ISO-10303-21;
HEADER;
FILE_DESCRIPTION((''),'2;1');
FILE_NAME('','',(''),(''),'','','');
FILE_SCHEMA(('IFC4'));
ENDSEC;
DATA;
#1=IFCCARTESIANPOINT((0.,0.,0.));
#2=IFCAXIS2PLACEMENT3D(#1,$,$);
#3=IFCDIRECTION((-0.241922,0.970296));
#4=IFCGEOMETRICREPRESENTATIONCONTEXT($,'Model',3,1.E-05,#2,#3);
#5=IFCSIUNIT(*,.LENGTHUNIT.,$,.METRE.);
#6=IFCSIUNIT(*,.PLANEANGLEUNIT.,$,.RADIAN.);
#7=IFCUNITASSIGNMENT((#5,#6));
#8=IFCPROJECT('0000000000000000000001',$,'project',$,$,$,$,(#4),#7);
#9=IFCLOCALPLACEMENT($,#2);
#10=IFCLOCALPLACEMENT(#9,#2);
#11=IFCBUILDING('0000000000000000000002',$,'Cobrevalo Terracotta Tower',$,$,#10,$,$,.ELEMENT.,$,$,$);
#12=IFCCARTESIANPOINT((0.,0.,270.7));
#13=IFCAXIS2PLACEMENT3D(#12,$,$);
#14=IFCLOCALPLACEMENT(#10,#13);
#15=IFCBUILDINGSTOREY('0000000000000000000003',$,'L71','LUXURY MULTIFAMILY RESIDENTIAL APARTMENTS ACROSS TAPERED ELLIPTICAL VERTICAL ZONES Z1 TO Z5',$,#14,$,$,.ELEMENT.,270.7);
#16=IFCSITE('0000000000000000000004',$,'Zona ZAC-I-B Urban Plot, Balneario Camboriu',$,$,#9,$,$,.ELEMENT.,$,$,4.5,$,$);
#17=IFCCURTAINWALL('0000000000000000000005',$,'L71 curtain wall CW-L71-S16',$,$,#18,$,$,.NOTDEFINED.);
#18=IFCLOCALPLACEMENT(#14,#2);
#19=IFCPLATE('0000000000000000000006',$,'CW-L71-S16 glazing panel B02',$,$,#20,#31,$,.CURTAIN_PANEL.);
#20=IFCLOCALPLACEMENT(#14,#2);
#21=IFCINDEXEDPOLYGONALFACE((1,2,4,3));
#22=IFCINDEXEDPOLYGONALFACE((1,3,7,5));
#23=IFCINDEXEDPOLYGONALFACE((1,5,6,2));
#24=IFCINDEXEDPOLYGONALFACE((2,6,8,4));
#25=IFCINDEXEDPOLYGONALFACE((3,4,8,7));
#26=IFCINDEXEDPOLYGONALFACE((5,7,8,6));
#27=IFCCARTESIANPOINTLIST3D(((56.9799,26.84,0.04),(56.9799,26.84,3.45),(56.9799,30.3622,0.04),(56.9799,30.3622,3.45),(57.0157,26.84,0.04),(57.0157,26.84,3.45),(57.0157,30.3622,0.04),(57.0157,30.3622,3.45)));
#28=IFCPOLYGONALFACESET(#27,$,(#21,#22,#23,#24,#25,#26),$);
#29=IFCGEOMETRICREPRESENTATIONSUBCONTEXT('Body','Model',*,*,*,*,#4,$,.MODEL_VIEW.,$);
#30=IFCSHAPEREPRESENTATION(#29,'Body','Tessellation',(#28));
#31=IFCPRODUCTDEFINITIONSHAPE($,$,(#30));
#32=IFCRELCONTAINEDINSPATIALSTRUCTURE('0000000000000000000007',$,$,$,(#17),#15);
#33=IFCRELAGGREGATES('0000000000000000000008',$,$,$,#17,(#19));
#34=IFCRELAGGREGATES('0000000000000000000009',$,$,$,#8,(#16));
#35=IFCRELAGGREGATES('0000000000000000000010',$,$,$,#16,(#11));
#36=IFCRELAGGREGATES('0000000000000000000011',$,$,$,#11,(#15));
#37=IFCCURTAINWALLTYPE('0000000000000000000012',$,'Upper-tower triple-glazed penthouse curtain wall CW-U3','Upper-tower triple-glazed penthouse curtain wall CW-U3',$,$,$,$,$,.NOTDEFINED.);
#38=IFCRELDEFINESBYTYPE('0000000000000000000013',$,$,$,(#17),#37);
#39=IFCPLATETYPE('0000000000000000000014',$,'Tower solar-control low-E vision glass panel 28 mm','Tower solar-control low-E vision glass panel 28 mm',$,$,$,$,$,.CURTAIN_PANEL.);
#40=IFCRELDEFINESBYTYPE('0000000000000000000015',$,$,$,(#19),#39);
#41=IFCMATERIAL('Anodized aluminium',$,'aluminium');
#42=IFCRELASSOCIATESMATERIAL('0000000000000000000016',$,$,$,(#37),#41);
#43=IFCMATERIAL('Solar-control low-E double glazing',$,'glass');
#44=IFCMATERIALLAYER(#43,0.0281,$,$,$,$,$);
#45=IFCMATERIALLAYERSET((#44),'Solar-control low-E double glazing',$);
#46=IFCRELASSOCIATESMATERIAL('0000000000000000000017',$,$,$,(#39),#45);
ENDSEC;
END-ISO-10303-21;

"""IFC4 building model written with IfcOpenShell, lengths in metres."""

from ifc_helpers import new_model, si_unit, direction, frame, origin, origin_2d, place, context, subcontext, project, spatial, rectangle, extrude, source, transform, mapped, material, layer, layer_set, type_object, element, aggregate, save


model = new_model("IFC4")

# Units and contexts
model_context = context("Model", 3, precision=1e-05, world=origin(), true_north=direction((-0.241922, 0.970296)))
body_context = subcontext(model_context, "Body", "Model", "MODEL_VIEW")
ifc_project = project(units=[si_unit("LENGTHUNIT", "METRE"), si_unit("PLANEANGLEUNIT", "RADIAN")], contexts=[model_context])

# Site, building, storey
site_placement = place(None, origin())
site = spatial("IfcSite", under=ifc_project, at=site_placement, Name="Zona ZAC-I-B Urban Plot, Balneario Camboriu", CompositionType="ELEMENT", RefElevation=4.5)
building_placement = place(site_placement, origin())
building = spatial("IfcBuilding", under=site, at=building_placement, Name="Cobrevalo Terracotta Tower", CompositionType="ELEMENT")
storey_placement = place(building_placement, frame((0.0, 0.0, 270.7)))
storey = spatial("IfcBuildingStorey", under=building, at=storey_placement, Name="L71", Description="LUXURY MULTIFAMILY RESIDENTIAL APARTMENTS ACROSS TAPERED ELLIPTICAL VERTICAL ZONES Z1 TO Z5", CompositionType="ELEMENT", Elevation=270.7)

# Curtain wall
ifc_material_1 = material(Name="Anodized aluminium", Category="aluminium")
curtain_wall_type = type_object("IfcCurtainWallType", Name="Upper-tower triple-glazed penthouse curtain wall CW-U3", Description="Upper-tower triple-glazed penthouse curtain wall CW-U3", PredefinedType="NOTDEFINED", material=ifc_material_1)
curtain_wall_1_placement = place(storey_placement, origin())
curtain_wall_1 = element("IfcCurtainWall", 1, at=curtain_wall_1_placement, inside=storey, type_object=curtain_wall_type, Name="L71 curtain wall CW-L71-S16", PredefinedType="NOTDEFINED")

# Plate
ifc_material_2 = material(Name="Solar-control low-E double glazing", Category="glass")
ifc_layer_1 = layer(ifc_material_2, 0.0281)
ifc_layer_set_1 = layer_set([ifc_layer_1], Name="Solar-control low-E double glazing")
plate_type = type_object("IfcPlateType", Name="Tower solar-control low-E vision glass panel 28 mm", Description="Tower solar-control low-E vision glass panel 28 mm", PredefinedType="CURTAIN_PANEL", material=ifc_layer_set_1)
shared_shape_1 = source(origin(), body_context, "Body", "SweptSolid", [
    extrude(rectangle(XDim=3.5222, YDim=0.0359, at=origin_2d()), origin(), (0.0, 0.0, 1.0), 3.4099),
])
plate_1_placement = place(storey_placement, frame((56.9978, 28.6011, 0.04), z_axis=(0.0, 0.0, 1.0), x_axis=(0.0, 1.0, 0.0)))
plate_1 = element("IfcPlate", 2, at=plate_1_placement, type_object=plate_type, Name="CW-L71-S16 glazing panel B02", PredefinedType="CURTAIN_PANEL", context=body_context, shape_type="MappedRepresentation", body=[
    mapped(shared_shape_1, transform((0.0, 0.0, 0.0), scale=1.0)),
])
aggregate(curtain_wall_1, [plate_1])

save(model, "model.ifc")
